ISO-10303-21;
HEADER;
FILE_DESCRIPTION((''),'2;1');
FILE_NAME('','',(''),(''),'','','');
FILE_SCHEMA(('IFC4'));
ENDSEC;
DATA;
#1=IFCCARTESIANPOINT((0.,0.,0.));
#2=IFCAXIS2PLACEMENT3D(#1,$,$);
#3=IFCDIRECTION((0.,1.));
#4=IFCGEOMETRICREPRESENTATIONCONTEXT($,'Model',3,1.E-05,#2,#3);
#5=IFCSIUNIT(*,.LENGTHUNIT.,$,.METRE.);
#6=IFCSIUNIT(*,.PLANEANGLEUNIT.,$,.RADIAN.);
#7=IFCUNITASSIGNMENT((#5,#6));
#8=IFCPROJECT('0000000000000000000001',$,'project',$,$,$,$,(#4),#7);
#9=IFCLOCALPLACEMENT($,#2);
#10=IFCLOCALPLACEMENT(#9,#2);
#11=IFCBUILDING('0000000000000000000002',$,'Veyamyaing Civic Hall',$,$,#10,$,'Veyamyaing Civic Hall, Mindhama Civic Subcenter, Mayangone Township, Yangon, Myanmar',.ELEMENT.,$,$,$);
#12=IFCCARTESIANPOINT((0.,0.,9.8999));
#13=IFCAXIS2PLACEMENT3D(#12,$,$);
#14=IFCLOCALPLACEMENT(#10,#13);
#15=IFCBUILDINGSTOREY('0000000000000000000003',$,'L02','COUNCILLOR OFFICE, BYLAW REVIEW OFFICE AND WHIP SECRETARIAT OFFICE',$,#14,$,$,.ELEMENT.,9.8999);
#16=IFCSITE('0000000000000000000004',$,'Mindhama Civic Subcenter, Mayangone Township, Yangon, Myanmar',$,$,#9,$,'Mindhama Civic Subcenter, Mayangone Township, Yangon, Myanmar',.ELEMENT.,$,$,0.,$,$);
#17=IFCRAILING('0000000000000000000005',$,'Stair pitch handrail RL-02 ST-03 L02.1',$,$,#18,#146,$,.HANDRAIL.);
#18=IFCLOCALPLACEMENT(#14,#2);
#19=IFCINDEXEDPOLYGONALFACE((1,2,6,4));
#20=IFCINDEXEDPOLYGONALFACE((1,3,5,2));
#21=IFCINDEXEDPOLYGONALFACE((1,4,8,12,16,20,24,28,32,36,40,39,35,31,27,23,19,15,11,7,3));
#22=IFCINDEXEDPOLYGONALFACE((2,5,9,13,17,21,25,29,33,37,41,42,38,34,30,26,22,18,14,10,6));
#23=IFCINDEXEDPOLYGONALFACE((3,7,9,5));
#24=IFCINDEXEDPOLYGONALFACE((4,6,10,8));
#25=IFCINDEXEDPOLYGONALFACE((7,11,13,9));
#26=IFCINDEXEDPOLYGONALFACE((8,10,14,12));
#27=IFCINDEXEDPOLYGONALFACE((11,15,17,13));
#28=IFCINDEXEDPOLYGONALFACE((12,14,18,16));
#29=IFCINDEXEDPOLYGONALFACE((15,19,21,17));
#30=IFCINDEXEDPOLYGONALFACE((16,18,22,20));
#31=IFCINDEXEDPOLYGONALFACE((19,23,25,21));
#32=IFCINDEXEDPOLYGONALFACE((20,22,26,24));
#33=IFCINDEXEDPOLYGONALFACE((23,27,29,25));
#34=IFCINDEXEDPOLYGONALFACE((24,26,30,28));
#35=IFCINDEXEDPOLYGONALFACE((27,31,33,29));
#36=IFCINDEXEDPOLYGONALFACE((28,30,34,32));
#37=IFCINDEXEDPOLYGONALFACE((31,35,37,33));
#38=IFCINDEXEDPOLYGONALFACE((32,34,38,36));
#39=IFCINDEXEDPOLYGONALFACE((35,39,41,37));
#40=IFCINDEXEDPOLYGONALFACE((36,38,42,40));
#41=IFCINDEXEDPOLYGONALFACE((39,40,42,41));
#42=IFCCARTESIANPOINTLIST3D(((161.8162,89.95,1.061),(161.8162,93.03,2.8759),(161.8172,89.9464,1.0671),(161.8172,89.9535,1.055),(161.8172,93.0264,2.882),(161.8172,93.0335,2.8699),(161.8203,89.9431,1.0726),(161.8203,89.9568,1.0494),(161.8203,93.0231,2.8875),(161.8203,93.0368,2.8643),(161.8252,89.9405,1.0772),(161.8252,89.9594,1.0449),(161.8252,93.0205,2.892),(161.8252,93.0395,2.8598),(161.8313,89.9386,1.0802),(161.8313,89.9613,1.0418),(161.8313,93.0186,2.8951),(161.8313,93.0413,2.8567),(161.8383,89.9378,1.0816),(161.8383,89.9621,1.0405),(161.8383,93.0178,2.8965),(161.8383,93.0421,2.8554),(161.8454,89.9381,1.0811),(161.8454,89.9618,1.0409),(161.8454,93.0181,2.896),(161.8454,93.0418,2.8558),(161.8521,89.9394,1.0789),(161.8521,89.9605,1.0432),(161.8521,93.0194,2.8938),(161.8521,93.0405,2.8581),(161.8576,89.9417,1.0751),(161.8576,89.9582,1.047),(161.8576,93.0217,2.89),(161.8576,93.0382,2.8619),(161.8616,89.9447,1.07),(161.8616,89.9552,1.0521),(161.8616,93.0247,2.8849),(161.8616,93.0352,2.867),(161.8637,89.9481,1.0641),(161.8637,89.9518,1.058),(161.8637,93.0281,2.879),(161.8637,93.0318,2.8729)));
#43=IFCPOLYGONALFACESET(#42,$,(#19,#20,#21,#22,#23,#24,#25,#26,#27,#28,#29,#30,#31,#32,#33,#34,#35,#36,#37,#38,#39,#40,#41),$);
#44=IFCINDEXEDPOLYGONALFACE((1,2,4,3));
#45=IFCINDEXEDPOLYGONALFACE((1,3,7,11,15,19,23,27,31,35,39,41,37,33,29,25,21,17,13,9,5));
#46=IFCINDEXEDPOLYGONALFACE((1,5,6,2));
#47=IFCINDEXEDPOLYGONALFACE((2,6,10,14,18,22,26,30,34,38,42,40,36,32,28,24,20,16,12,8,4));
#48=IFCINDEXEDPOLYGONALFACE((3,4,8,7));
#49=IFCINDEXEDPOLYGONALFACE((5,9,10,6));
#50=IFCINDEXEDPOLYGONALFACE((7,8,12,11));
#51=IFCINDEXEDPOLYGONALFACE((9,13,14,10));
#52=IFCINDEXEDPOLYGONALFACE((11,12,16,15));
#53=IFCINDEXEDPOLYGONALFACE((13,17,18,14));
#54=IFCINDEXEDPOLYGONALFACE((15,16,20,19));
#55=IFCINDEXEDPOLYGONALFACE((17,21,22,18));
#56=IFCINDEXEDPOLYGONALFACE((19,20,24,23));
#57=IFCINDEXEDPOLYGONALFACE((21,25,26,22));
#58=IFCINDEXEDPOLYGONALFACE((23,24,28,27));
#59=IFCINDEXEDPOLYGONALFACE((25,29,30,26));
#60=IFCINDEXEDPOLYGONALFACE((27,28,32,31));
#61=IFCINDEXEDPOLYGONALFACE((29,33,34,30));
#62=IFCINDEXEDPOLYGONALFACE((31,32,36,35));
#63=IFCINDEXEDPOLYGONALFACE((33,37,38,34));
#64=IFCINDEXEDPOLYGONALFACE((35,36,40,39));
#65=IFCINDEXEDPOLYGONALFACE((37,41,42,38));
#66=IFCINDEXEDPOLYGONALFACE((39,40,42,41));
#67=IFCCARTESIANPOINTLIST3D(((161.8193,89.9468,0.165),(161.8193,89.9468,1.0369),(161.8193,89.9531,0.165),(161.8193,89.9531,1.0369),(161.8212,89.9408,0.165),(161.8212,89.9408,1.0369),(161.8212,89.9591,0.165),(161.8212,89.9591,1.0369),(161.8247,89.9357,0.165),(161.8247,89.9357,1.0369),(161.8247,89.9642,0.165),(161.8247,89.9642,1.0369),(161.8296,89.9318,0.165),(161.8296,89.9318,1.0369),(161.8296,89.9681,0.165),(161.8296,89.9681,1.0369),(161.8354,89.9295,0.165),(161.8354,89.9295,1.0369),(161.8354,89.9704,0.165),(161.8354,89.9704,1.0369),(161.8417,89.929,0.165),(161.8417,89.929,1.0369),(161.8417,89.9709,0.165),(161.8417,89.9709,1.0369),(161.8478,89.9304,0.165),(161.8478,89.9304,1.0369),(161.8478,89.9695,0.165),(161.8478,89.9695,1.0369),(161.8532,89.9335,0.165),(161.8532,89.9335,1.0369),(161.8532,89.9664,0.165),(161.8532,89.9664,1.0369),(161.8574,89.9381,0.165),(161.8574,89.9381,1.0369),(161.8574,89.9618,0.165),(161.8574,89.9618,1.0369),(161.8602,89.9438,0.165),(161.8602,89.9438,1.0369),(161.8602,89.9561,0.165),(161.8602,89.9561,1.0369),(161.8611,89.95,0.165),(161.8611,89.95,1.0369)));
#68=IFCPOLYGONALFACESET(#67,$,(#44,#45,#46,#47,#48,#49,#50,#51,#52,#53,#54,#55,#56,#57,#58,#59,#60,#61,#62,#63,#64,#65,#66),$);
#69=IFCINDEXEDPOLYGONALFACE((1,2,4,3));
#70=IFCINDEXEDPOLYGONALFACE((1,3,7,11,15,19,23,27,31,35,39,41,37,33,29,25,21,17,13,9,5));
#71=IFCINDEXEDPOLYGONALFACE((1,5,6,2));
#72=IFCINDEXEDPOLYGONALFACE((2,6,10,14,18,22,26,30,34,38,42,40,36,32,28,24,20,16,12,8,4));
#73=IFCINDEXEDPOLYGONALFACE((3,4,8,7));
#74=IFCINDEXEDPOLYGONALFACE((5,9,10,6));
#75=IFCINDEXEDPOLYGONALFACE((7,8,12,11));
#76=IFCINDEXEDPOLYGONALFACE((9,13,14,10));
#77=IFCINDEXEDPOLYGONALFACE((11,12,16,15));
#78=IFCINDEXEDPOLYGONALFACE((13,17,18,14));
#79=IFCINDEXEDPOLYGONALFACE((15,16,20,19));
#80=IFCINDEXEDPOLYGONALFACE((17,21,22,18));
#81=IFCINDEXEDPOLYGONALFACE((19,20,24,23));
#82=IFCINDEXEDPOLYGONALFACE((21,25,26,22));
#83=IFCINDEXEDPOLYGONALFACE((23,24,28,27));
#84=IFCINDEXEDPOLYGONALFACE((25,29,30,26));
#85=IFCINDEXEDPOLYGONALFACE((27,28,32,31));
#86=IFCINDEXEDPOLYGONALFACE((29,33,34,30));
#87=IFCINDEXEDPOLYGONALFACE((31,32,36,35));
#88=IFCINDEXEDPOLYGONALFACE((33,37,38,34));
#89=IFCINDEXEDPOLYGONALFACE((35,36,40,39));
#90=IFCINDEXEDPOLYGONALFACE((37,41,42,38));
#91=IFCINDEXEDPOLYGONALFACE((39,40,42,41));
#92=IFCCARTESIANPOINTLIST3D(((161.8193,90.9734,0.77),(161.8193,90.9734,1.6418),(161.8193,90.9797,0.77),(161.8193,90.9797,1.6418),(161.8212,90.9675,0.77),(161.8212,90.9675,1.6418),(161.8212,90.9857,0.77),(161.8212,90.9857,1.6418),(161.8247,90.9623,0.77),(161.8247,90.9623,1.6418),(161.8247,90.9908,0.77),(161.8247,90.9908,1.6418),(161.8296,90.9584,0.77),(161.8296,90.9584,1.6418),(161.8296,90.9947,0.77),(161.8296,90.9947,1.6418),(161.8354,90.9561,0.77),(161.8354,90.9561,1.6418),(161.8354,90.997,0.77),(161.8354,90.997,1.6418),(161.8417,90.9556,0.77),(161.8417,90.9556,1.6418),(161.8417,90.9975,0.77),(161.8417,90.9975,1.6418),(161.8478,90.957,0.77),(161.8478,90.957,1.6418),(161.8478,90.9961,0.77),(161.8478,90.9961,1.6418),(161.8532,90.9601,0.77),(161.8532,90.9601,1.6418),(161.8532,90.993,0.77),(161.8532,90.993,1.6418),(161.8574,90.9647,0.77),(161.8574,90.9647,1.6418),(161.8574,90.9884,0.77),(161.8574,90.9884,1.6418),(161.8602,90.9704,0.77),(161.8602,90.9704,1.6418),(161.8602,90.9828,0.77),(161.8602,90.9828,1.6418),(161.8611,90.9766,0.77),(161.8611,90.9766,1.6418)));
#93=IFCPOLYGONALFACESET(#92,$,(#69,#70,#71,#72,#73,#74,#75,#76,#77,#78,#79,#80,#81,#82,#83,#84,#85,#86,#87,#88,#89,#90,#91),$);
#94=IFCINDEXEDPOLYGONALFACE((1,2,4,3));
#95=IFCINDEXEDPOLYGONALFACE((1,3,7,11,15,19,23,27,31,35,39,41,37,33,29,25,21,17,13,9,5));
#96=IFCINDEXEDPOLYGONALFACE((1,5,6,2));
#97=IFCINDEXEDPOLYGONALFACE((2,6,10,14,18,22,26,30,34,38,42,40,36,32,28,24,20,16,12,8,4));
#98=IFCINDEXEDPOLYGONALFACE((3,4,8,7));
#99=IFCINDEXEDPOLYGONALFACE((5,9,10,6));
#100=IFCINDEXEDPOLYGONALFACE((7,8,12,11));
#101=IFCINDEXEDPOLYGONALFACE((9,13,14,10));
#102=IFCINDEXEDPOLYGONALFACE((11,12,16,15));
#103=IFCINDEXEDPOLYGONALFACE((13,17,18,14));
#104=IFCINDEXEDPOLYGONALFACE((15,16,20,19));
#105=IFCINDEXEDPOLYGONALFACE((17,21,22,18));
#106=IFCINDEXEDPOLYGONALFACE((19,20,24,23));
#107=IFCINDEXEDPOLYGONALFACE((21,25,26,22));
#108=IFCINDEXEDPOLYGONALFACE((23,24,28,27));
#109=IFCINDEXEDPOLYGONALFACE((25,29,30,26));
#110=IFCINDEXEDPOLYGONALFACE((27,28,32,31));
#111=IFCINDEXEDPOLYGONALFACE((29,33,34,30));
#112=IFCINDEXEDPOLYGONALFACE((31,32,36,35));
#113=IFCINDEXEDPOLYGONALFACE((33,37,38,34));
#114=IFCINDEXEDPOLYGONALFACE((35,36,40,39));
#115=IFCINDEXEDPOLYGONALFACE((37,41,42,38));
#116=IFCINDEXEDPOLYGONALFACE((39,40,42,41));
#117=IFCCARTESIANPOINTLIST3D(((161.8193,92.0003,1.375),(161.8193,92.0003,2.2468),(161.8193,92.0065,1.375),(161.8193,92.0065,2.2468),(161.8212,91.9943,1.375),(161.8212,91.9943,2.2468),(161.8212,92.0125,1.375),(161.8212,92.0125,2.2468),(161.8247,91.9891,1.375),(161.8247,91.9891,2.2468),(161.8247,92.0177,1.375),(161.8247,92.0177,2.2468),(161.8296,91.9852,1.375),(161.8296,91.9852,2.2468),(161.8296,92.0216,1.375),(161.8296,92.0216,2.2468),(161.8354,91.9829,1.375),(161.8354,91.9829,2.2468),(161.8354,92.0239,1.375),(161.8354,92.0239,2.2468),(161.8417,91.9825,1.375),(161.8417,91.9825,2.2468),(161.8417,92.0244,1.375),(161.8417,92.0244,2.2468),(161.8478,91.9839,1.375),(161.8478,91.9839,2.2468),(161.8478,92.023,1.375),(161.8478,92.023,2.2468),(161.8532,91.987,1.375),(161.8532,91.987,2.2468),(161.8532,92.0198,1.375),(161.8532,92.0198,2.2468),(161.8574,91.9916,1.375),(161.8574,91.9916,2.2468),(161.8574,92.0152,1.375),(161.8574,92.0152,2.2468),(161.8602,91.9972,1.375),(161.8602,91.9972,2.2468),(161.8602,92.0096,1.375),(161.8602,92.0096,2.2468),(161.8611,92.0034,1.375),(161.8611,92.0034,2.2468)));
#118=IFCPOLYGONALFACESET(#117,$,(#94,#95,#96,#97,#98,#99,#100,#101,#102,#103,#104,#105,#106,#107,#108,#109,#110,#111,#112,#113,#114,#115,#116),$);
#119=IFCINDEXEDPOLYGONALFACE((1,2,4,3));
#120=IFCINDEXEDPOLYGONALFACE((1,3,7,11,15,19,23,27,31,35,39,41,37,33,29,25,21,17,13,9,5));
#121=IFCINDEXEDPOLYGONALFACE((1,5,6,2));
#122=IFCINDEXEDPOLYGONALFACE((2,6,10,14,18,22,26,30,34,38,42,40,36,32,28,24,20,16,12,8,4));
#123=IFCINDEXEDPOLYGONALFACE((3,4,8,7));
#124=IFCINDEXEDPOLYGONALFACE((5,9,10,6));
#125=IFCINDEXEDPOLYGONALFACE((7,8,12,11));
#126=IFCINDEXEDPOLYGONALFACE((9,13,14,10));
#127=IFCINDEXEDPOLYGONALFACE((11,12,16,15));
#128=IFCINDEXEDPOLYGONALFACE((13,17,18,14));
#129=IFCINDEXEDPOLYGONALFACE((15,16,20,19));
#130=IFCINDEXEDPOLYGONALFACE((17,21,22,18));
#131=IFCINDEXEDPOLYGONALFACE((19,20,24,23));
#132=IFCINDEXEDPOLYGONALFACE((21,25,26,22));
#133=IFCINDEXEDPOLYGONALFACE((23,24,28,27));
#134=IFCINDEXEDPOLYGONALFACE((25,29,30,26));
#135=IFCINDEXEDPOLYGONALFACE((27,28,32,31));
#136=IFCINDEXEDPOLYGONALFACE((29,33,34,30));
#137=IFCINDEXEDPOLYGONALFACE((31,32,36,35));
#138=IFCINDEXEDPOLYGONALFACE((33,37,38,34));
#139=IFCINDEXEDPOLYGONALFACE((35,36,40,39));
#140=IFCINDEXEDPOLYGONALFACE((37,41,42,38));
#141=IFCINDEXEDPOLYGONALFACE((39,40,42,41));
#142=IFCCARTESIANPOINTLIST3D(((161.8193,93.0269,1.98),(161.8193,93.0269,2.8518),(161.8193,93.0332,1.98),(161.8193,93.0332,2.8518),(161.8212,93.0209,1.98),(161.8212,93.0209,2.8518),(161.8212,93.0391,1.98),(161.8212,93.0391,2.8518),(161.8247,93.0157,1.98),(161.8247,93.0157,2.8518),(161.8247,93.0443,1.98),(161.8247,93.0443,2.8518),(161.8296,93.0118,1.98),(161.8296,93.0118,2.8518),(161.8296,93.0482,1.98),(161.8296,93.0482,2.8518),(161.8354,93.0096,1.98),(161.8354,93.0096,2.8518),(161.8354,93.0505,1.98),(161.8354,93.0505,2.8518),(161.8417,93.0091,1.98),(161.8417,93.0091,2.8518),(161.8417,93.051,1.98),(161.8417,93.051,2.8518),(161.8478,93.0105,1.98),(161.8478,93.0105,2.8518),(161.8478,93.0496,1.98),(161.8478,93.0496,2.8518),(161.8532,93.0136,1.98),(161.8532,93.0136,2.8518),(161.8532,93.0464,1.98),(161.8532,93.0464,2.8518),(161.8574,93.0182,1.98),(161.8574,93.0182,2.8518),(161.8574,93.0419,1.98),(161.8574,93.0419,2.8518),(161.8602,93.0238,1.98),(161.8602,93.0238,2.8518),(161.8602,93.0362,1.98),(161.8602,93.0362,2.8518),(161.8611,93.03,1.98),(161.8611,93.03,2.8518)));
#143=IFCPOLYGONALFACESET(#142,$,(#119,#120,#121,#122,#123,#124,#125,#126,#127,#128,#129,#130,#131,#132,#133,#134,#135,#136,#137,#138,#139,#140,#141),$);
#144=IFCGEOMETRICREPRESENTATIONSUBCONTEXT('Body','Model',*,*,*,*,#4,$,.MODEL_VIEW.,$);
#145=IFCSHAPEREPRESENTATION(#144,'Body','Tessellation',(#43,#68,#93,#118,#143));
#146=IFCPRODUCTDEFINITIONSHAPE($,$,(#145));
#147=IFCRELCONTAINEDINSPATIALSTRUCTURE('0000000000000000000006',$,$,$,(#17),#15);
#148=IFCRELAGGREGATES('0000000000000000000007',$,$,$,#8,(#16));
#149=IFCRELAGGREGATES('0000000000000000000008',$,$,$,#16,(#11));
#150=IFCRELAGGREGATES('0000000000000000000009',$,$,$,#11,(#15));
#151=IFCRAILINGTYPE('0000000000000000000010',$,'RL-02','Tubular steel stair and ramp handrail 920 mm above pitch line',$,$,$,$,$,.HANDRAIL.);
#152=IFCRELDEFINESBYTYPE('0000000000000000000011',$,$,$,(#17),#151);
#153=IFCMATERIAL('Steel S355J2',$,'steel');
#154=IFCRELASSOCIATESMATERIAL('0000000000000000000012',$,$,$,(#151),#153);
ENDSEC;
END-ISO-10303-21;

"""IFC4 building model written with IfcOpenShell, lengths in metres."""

from ifc_helpers import new_model, si_unit, direction, frame, origin, origin_2d, place, context, subcontext, project, spatial, circle, extrude, material, type_object, element, save


model = new_model("IFC4")

# Units and contexts
model_context = context("Model", 3, precision=1e-05, world=origin(), true_north=direction((0.0, 1.0)))
body_context = subcontext(model_context, "Body", "Model", "MODEL_VIEW")
ifc_project = project(units=[si_unit("LENGTHUNIT", "METRE"), si_unit("PLANEANGLEUNIT", "RADIAN")], contexts=[model_context])

# Site, building, storey
site_placement = place(None, origin())
site = spatial("IfcSite", under=ifc_project, at=site_placement, Name="Mindhama Civic Subcenter, Mayangone Township, Yangon, Myanmar", LongName="Mindhama Civic Subcenter, Mayangone Township, Yangon, Myanmar", CompositionType="ELEMENT", RefElevation=0.0)
building_placement = place(site_placement, origin())
building = spatial("IfcBuilding", under=site, at=building_placement, Name="Veyamyaing Civic Hall", LongName="Veyamyaing Civic Hall, Mindhama Civic Subcenter, Mayangone Township, Yangon, Myanmar", CompositionType="ELEMENT")
storey_placement = place(building_placement, frame((0.0, 0.0, 9.8999)))
storey = spatial("IfcBuildingStorey", under=building, at=storey_placement, Name="L02", Description="COUNCILLOR OFFICE, BYLAW REVIEW OFFICE AND WHIP SECRETARIAT OFFICE", CompositionType="ELEMENT", Elevation=9.8999)

# Railing
ifc_material_1 = material(Name="Steel S355J2", Category="steel")
railing_type_1 = type_object("IfcRailingType", Name="RL-02", Description="Tubular steel stair and ramp handrail 920 mm above pitch line", PredefinedType="HANDRAIL", material=ifc_material_1)
railing_1_placement = place(storey_placement, frame((161.8401, 89.95, 0.165)))
element("IfcRailing", 1, at=railing_1_placement, inside=storey, type_object=railing_type_1, Name="Stair pitch handrail RL-02 ST-03 L02.1", PredefinedType="HANDRAIL", context=body_context, shape_type="SweptSolid", body=[
    extrude(circle(Radius=0.0239, at=origin_2d()), frame((0.0, 0.0, 0.896), z_axis=(0.0, 0.861551, 0.507671), x_axis=(-1.0, 0.0, 0.0)), (0.0, 0.0, 1.0), 3.575),
    extrude(circle(Radius=0.021, at=origin_2d()), origin(), (0.0, 0.0, 1.0), 0.8718),
    extrude(circle(Radius=0.021, at=origin_2d()), frame((0.0, 1.0266, 0.605)), (0.0, 0.0, 1.0), 0.8718),
    extrude(circle(Radius=0.021, at=origin_2d()), frame((0.0, 2.0535, 1.21)), (0.0, 0.0, 1.0), 0.8718),
    extrude(circle(Radius=0.021, at=origin_2d()), frame((0.0, 3.0801, 1.8149)), (0.0, 0.0, 1.0), 0.8718),
])

save(model, "model.ifc")
